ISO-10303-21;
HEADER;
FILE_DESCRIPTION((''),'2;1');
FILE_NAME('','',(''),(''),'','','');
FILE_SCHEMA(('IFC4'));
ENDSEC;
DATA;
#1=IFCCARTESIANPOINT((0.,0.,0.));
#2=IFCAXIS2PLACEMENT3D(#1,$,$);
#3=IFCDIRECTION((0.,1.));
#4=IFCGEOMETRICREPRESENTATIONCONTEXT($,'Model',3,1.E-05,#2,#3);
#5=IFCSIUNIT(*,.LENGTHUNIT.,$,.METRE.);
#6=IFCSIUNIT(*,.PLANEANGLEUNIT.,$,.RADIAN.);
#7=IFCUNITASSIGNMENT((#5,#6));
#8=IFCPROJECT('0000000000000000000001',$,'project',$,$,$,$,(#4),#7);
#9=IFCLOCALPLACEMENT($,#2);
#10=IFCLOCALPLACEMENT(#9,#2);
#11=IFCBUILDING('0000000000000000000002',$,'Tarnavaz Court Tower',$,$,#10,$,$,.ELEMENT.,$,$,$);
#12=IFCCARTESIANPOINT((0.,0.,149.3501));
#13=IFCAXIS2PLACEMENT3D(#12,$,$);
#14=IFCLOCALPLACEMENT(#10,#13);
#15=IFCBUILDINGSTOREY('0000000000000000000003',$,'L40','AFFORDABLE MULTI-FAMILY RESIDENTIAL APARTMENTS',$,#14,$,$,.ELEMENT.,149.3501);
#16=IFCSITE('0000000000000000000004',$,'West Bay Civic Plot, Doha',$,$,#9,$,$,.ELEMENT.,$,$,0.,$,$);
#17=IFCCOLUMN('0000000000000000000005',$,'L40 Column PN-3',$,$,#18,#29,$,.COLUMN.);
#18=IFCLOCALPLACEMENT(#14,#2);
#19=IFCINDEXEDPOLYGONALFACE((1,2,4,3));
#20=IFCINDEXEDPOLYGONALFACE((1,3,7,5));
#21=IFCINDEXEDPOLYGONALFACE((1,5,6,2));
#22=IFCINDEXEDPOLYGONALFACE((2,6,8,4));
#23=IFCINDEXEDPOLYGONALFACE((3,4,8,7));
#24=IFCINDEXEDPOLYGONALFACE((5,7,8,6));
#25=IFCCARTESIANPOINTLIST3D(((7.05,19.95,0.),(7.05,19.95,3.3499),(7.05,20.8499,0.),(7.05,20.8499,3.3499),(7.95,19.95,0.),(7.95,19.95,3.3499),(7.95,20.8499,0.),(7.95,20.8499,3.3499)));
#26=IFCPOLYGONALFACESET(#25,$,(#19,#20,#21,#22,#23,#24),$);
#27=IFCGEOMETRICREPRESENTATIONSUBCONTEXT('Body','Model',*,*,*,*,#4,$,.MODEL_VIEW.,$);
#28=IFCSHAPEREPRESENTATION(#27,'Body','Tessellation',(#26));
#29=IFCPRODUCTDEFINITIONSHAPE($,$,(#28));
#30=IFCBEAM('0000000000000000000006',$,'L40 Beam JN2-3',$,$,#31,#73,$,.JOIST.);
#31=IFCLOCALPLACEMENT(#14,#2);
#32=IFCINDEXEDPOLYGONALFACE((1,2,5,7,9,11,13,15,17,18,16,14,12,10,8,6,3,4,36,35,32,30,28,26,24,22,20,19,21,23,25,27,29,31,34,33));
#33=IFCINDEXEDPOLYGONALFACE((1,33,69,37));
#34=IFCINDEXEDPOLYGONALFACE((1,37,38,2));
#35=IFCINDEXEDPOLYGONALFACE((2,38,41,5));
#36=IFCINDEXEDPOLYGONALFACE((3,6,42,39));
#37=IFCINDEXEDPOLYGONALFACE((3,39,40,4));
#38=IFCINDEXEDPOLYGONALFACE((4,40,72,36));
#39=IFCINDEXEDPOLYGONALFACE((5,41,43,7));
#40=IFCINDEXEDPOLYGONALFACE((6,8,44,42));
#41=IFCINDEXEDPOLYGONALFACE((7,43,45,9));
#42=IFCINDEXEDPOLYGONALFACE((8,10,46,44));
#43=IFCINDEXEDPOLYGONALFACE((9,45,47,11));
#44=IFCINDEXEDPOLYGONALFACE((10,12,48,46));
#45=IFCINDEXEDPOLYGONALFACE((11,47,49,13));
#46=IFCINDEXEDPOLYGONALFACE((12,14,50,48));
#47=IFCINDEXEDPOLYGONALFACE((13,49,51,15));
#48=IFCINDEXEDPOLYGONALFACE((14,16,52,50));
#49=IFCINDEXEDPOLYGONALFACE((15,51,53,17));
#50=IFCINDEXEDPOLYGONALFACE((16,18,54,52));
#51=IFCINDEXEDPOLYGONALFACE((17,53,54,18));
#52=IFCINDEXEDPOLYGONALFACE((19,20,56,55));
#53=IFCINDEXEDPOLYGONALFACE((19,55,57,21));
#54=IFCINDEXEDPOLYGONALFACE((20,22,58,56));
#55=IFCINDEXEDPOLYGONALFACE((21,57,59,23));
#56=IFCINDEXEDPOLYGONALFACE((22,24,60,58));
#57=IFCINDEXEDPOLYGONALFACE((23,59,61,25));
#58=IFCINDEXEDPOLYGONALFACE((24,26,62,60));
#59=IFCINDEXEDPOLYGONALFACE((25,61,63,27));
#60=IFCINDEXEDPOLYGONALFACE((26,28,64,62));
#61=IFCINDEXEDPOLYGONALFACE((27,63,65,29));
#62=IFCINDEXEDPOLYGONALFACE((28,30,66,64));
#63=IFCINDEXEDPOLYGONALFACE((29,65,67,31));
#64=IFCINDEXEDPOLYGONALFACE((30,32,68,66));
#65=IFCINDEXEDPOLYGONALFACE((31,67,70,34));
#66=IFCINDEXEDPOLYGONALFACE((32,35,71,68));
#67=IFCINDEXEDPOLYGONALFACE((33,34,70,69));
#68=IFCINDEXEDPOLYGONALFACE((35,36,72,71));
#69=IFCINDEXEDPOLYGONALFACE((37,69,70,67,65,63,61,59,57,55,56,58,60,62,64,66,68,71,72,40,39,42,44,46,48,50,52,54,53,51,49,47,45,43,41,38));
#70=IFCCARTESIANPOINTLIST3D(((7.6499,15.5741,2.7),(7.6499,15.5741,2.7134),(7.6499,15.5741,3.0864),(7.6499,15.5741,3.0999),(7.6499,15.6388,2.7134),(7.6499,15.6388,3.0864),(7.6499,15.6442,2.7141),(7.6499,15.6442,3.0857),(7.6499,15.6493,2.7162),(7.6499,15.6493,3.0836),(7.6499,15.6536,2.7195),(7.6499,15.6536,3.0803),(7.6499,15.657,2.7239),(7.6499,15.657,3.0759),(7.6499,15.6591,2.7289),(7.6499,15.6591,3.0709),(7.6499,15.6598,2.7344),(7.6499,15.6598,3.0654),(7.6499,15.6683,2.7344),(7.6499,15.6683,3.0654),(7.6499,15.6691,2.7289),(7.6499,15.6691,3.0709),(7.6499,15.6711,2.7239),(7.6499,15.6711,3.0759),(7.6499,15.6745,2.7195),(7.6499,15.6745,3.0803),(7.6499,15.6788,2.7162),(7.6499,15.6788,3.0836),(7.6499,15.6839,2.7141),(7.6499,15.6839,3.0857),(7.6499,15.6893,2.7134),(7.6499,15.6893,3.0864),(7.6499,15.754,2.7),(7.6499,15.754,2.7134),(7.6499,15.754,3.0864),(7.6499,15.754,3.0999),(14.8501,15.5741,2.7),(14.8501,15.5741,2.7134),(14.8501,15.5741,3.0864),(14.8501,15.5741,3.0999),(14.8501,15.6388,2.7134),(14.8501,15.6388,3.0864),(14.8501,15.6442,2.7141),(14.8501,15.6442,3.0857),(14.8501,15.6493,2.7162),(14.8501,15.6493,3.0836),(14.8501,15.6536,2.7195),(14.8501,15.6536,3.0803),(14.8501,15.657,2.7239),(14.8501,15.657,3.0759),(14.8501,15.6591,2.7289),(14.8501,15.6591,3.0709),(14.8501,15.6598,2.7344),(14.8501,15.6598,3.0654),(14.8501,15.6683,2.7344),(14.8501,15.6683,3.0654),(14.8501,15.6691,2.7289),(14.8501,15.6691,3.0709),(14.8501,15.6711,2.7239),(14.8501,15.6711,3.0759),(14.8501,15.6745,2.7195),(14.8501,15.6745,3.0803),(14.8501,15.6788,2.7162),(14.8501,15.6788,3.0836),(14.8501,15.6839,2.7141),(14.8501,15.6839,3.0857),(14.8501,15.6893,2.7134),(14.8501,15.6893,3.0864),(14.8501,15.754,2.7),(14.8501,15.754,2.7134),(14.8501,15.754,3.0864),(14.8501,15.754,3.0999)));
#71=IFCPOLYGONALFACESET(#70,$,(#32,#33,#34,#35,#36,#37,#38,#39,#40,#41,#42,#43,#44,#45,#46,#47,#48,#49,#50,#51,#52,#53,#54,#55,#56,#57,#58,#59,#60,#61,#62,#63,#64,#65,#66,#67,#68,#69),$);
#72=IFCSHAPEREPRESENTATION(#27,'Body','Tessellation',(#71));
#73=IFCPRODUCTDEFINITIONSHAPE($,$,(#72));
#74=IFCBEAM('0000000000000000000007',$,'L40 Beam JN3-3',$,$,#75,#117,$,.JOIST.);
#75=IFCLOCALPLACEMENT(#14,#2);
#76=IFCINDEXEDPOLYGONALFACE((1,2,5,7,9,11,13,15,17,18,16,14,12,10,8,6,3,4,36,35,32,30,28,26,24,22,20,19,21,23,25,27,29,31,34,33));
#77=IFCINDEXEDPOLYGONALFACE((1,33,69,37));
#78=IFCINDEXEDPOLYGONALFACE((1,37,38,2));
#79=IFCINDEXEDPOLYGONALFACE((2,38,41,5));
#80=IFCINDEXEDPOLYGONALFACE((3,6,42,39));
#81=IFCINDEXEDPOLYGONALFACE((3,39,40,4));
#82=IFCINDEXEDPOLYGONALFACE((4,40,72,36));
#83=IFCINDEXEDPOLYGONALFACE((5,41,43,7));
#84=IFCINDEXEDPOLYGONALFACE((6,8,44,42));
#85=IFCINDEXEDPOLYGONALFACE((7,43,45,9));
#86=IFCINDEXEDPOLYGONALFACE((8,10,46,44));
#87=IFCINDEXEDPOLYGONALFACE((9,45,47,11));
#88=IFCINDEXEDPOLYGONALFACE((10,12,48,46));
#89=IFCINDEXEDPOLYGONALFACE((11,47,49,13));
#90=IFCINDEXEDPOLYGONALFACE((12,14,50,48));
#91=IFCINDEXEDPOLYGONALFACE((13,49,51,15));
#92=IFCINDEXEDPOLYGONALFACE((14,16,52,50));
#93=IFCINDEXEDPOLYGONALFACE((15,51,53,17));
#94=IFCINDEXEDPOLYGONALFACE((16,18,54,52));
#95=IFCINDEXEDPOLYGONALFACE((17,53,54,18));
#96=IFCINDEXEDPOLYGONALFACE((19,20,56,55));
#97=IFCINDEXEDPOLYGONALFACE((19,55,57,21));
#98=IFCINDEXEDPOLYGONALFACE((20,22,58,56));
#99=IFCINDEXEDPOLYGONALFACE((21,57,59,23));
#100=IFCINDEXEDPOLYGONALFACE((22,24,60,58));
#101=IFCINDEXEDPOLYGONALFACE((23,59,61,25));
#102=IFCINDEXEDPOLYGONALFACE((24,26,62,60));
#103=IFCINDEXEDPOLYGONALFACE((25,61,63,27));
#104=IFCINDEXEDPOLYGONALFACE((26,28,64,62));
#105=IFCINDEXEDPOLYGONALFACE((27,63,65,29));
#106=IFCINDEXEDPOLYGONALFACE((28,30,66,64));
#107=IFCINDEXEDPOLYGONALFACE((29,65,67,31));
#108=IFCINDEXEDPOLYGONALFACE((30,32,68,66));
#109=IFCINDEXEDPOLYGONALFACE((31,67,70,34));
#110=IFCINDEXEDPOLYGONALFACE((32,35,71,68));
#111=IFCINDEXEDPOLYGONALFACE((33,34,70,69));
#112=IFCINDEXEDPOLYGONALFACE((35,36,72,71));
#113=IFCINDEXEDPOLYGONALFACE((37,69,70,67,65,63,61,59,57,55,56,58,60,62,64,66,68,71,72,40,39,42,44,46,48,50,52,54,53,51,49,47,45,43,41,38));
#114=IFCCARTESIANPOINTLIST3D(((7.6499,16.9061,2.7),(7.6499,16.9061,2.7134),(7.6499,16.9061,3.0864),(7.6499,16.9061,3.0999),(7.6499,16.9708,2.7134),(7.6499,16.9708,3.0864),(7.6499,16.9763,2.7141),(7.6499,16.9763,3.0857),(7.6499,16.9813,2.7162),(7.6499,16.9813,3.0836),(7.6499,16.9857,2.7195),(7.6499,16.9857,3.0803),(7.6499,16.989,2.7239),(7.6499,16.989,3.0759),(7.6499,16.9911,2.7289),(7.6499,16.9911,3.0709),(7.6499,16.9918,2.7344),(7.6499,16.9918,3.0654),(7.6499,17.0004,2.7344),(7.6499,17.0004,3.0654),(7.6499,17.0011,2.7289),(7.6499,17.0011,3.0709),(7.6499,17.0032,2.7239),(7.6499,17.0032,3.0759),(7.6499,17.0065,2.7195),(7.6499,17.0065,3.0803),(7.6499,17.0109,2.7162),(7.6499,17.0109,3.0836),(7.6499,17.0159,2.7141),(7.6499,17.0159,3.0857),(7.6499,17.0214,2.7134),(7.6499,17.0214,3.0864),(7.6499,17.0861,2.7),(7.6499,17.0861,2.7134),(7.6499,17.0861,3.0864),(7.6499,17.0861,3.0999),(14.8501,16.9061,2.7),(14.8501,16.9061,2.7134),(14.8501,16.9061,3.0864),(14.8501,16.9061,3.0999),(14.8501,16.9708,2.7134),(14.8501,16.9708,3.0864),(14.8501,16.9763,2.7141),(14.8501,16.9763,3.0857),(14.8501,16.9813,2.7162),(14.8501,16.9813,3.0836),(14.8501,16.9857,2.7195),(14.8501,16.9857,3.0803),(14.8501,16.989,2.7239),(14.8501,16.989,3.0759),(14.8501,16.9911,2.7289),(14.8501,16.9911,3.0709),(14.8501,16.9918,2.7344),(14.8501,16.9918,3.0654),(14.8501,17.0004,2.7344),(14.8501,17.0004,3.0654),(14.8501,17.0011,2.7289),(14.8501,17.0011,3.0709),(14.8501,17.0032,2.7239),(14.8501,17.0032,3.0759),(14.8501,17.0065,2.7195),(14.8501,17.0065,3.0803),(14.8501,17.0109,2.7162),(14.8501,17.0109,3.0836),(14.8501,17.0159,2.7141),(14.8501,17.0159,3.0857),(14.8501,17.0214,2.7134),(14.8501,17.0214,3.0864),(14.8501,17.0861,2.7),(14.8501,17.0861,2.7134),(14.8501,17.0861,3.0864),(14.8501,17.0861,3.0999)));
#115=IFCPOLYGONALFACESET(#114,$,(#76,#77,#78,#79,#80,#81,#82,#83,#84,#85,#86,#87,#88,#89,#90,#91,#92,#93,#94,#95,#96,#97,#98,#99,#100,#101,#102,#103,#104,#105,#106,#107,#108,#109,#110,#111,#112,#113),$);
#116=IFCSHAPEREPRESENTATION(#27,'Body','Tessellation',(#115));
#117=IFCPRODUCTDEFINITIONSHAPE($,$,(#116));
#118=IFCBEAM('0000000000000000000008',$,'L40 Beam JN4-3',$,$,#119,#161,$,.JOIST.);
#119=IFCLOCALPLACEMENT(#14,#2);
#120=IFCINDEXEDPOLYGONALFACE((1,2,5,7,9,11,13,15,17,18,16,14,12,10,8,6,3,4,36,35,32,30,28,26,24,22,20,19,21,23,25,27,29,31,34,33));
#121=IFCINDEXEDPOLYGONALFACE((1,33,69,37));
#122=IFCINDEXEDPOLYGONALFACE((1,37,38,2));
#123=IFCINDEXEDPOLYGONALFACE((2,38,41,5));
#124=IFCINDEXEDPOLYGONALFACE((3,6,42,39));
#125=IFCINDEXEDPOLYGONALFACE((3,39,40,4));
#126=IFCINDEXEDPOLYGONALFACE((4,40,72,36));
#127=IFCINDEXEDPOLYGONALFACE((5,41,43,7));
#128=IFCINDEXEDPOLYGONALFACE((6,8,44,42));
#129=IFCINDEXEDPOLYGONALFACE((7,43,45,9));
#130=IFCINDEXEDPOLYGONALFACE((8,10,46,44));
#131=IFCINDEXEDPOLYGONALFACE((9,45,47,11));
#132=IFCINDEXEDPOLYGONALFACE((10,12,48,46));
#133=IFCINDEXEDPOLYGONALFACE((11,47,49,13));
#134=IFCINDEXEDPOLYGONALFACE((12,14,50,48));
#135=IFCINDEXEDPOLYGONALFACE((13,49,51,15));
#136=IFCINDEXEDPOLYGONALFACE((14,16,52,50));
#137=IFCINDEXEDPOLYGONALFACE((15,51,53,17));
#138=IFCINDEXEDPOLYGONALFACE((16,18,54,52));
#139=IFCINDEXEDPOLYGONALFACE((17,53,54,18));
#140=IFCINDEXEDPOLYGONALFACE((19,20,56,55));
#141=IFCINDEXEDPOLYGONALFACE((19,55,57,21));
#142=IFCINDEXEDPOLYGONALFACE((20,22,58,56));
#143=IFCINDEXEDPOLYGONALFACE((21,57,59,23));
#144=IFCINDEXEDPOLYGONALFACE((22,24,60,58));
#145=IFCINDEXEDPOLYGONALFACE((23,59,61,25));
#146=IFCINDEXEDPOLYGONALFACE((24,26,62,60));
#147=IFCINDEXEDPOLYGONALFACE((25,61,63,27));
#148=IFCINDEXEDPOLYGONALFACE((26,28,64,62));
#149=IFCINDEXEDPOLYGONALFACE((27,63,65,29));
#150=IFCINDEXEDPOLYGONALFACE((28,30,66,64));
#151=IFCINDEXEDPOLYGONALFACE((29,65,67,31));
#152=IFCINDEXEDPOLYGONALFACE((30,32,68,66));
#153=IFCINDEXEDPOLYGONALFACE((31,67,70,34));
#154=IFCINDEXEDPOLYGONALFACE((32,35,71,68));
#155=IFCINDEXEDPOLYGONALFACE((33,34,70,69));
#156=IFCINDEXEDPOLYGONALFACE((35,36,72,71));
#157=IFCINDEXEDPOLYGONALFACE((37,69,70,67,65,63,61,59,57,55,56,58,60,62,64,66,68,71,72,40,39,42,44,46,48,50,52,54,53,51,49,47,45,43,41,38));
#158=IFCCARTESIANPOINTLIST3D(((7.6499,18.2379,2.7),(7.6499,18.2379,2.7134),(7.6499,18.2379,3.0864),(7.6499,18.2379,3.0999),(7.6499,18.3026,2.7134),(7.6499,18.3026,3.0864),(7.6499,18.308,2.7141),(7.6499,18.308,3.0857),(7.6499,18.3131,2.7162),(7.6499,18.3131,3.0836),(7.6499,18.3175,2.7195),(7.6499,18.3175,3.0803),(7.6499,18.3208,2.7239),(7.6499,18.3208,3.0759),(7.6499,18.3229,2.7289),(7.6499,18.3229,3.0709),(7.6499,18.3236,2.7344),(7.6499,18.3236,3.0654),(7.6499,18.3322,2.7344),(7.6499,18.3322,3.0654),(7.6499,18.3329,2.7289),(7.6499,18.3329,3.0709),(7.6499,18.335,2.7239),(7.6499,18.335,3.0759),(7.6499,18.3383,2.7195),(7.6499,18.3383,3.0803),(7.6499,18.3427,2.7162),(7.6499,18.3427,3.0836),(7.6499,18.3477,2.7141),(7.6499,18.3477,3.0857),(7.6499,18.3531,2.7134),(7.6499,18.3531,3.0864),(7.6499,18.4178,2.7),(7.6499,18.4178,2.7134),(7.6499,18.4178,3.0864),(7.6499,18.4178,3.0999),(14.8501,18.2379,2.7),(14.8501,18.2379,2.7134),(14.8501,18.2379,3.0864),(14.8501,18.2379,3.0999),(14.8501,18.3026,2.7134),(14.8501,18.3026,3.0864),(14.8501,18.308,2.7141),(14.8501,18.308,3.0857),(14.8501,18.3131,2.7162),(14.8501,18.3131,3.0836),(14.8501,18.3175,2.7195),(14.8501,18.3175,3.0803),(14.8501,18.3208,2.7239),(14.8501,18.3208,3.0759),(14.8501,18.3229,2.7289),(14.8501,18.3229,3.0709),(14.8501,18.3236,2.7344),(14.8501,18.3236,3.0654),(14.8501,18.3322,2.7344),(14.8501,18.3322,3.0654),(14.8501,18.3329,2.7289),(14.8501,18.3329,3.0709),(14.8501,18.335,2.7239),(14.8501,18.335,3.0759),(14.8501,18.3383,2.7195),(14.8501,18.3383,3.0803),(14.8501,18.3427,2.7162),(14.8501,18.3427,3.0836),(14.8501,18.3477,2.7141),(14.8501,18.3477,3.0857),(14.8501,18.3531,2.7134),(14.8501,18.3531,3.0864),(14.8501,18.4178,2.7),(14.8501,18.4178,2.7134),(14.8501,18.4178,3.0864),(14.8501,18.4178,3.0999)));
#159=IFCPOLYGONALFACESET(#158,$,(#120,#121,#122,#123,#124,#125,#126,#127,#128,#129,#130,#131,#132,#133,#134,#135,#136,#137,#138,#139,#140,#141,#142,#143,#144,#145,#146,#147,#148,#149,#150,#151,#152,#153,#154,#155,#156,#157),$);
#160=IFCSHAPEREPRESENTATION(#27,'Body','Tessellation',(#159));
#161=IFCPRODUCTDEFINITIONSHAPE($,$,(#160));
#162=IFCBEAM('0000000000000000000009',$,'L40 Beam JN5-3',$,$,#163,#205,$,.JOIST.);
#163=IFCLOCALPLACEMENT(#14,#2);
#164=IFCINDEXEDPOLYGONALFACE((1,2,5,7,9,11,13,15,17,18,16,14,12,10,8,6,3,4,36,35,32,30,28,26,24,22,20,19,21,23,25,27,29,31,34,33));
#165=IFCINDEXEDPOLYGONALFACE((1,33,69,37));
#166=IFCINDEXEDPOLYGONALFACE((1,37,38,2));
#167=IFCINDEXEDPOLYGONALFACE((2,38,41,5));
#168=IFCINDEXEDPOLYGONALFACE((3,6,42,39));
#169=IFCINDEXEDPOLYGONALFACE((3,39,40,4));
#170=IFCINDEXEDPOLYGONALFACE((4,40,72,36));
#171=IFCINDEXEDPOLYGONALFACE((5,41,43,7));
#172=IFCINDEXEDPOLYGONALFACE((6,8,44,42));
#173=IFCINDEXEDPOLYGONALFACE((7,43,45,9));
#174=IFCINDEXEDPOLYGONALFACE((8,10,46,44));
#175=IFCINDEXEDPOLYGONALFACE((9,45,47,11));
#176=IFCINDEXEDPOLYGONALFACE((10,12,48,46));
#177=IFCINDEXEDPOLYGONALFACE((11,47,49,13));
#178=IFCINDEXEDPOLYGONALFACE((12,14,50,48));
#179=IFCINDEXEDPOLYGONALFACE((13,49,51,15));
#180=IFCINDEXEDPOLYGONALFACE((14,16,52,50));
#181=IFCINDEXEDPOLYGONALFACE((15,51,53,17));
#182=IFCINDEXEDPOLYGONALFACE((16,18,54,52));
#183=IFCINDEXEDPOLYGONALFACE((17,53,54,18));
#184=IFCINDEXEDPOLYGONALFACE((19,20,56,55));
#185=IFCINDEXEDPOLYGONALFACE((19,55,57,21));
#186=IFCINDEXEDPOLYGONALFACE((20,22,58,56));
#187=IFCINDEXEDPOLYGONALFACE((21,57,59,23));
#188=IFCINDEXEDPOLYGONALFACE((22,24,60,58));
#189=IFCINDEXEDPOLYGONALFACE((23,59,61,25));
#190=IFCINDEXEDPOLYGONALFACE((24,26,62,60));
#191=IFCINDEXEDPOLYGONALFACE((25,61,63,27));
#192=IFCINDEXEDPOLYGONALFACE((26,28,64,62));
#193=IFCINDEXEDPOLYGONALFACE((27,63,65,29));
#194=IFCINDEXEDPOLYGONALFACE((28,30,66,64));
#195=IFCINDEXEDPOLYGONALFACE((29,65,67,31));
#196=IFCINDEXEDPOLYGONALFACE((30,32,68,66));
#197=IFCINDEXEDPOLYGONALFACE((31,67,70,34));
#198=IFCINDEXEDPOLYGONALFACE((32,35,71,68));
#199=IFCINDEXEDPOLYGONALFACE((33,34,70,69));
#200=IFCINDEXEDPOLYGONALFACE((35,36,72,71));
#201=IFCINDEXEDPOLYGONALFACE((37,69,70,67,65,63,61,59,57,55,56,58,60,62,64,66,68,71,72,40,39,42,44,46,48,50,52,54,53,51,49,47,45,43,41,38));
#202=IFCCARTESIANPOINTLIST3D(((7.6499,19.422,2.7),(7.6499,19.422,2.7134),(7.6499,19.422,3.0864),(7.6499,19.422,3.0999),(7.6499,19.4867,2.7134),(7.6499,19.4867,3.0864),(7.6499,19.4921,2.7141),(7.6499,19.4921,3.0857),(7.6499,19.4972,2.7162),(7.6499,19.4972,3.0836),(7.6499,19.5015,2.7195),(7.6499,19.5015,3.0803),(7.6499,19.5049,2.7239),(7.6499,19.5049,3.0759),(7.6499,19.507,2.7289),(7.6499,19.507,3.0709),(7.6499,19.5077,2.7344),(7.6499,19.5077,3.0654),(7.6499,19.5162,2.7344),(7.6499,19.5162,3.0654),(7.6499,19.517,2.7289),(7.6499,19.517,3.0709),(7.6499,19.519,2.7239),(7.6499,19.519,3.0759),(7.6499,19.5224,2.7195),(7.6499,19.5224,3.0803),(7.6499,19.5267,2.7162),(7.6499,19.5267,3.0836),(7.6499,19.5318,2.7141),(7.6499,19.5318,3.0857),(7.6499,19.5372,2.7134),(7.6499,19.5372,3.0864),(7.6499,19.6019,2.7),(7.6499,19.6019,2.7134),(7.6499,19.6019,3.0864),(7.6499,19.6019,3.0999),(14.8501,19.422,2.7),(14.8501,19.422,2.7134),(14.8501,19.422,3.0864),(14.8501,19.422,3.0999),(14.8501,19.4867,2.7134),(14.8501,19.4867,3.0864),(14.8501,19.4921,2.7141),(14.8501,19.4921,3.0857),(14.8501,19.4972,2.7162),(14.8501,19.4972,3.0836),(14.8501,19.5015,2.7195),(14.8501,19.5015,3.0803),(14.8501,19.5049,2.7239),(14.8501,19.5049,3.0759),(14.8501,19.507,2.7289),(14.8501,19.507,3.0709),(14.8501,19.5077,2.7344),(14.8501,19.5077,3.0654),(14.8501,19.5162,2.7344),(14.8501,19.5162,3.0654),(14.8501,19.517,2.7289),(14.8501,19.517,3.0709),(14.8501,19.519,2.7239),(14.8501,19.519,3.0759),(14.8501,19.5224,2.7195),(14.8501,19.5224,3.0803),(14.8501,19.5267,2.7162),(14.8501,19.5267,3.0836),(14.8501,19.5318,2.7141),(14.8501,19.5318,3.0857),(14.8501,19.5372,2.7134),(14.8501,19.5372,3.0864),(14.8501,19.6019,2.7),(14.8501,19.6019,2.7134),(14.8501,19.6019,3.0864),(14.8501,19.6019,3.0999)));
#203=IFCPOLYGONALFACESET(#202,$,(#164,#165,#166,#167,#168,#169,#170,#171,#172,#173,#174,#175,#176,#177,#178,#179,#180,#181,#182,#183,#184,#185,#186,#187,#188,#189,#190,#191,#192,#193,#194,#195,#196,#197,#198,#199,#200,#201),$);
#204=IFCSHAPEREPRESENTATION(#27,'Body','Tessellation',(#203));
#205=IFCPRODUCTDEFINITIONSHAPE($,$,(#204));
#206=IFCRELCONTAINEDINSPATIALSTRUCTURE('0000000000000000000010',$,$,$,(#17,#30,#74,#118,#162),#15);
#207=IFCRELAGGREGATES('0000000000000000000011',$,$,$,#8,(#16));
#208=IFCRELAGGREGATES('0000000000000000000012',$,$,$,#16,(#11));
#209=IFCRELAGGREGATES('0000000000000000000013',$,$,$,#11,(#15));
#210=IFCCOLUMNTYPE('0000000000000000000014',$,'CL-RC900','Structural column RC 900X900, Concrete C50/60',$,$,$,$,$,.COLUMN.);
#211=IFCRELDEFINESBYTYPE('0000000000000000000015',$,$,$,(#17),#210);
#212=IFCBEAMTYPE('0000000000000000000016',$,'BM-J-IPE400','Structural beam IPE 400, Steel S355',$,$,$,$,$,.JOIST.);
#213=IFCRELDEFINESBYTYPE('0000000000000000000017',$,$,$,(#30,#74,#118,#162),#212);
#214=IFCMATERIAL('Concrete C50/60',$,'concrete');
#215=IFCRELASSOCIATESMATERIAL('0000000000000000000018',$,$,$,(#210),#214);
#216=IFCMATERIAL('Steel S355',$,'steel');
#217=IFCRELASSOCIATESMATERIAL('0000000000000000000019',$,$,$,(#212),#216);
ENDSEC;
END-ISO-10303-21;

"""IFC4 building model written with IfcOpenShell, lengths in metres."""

from ifc_helpers import new_model, si_unit, direction, frame, origin, origin_2d, place, context, subcontext, project, spatial, rectangle, i_section, extrude, material, material_profile, profile_set, type_object, element, save


model = new_model("IFC4")

# Units and contexts
model_context = context("Model", 3, precision=1e-05, world=origin(), true_north=direction((0.0, 1.0)))
body_context = subcontext(model_context, "Body", "Model", "MODEL_VIEW")
ifc_project = project(units=[si_unit("LENGTHUNIT", "METRE"), si_unit("PLANEANGLEUNIT", "RADIAN")], contexts=[model_context])

# Site, building, storey
site_placement = place(None, origin())
site = spatial("IfcSite", under=ifc_project, at=site_placement, Name="West Bay Civic Plot, Doha", CompositionType="ELEMENT", RefElevation=0.0)
building_placement = place(site_placement, origin())
building = spatial("IfcBuilding", under=site, at=building_placement, Name="Tarnavaz Court Tower", CompositionType="ELEMENT")
storey_placement = place(building_placement, frame((0.0, 0.0, 149.3501)))
storey = spatial("IfcBuildingStorey", under=building, at=storey_placement, Name="L40", Description="AFFORDABLE MULTI-FAMILY RESIDENTIAL APARTMENTS", CompositionType="ELEMENT", Elevation=149.3501)

# Column
ifc_material_1 = material(Name="Concrete C50/60", Category="concrete")
ifc_material_profile_1 = material_profile(ifc_material_1, rectangle(XDim=0.8999, YDim=0.8999, at=origin_2d()), Name="RC 900X900")
ifc_profile_set_1 = profile_set([ifc_material_profile_1], Name="Concrete C50/60")
column_type = type_object("IfcColumnType", Name="CL-RC900", Description="Structural column RC 900X900, Concrete C50/60", PredefinedType="COLUMN", material=ifc_profile_set_1)
column_placement = place(storey_placement, frame((7.5, 20.3999, 0.0), z_axis=(0.0, 0.0, 1.0), x_axis=(1.0, 0.0, 0.0)))
element("IfcColumn", 1, at=column_placement, inside=storey, type_object=column_type, Name="L40 Column PN-3", PredefinedType="COLUMN", context=body_context, shape_type="SweptSolid", body=[
    extrude(rectangle(XDim=0.8999, YDim=0.8999, at=origin_2d()), origin(), (0.0, 0.0, 1.0), 3.3499),
])

# Beams
ifc_material_2 = material(Name="Steel S355", Category="steel")
ifc_material_profile_2 = material_profile(ifc_material_2, i_section(OverallWidth=0.1799, OverallDepth=0.3999, WebThickness=0.0085, FlangeThickness=0.0134, FilletRadius=0.021, at=origin_2d()), Name="IPE 400")
ifc_profile_set_2 = profile_set([ifc_material_profile_2], Name="Steel S355")
beam_type_1 = type_object("IfcBeamType", Name="BM-J-IPE400", Description="Structural beam IPE 400, Steel S355", PredefinedType="JOIST", material=ifc_profile_set_2)
for number, where, z_axis, x_axis, name in (
    (2, (7.6499, 15.6641, 2.8999), (1.0, 0.0, 0.0), (0.0, 1.0, 0.0), "L40 Beam JN2-3"),
    (3, (7.6499, 16.9961, 2.8999), (1.0, 0.0, 0.0), (0.0, 1.0, 0.0), "L40 Beam JN3-3"),
    (4, (7.6499, 18.3279, 2.8999), (1.0, 0.0, 0.0), (0.0, 1.0, 0.0), "L40 Beam JN4-3"),
    (5, (7.6499, 19.512, 2.8999), (1.0, 0.0, 0.0), (0.0, 1.0, 0.0), "L40 Beam JN5-3"),
):
    element("IfcBeam", number, at=place(storey_placement, frame(where, z_axis=z_axis, x_axis=x_axis)), inside=storey, type_object=beam_type_1, Name=name, PredefinedType="JOIST", context=body_context, shape_type="SweptSolid", body=[
        extrude(i_section(OverallWidth=0.1799, OverallDepth=0.3999, WebThickness=0.0085, FlangeThickness=0.0134, FilletRadius=0.021, at=origin_2d()), origin(), (0.0, 0.0, 1.0), 7.2002),
    ])

save(model, "model.ifc")
